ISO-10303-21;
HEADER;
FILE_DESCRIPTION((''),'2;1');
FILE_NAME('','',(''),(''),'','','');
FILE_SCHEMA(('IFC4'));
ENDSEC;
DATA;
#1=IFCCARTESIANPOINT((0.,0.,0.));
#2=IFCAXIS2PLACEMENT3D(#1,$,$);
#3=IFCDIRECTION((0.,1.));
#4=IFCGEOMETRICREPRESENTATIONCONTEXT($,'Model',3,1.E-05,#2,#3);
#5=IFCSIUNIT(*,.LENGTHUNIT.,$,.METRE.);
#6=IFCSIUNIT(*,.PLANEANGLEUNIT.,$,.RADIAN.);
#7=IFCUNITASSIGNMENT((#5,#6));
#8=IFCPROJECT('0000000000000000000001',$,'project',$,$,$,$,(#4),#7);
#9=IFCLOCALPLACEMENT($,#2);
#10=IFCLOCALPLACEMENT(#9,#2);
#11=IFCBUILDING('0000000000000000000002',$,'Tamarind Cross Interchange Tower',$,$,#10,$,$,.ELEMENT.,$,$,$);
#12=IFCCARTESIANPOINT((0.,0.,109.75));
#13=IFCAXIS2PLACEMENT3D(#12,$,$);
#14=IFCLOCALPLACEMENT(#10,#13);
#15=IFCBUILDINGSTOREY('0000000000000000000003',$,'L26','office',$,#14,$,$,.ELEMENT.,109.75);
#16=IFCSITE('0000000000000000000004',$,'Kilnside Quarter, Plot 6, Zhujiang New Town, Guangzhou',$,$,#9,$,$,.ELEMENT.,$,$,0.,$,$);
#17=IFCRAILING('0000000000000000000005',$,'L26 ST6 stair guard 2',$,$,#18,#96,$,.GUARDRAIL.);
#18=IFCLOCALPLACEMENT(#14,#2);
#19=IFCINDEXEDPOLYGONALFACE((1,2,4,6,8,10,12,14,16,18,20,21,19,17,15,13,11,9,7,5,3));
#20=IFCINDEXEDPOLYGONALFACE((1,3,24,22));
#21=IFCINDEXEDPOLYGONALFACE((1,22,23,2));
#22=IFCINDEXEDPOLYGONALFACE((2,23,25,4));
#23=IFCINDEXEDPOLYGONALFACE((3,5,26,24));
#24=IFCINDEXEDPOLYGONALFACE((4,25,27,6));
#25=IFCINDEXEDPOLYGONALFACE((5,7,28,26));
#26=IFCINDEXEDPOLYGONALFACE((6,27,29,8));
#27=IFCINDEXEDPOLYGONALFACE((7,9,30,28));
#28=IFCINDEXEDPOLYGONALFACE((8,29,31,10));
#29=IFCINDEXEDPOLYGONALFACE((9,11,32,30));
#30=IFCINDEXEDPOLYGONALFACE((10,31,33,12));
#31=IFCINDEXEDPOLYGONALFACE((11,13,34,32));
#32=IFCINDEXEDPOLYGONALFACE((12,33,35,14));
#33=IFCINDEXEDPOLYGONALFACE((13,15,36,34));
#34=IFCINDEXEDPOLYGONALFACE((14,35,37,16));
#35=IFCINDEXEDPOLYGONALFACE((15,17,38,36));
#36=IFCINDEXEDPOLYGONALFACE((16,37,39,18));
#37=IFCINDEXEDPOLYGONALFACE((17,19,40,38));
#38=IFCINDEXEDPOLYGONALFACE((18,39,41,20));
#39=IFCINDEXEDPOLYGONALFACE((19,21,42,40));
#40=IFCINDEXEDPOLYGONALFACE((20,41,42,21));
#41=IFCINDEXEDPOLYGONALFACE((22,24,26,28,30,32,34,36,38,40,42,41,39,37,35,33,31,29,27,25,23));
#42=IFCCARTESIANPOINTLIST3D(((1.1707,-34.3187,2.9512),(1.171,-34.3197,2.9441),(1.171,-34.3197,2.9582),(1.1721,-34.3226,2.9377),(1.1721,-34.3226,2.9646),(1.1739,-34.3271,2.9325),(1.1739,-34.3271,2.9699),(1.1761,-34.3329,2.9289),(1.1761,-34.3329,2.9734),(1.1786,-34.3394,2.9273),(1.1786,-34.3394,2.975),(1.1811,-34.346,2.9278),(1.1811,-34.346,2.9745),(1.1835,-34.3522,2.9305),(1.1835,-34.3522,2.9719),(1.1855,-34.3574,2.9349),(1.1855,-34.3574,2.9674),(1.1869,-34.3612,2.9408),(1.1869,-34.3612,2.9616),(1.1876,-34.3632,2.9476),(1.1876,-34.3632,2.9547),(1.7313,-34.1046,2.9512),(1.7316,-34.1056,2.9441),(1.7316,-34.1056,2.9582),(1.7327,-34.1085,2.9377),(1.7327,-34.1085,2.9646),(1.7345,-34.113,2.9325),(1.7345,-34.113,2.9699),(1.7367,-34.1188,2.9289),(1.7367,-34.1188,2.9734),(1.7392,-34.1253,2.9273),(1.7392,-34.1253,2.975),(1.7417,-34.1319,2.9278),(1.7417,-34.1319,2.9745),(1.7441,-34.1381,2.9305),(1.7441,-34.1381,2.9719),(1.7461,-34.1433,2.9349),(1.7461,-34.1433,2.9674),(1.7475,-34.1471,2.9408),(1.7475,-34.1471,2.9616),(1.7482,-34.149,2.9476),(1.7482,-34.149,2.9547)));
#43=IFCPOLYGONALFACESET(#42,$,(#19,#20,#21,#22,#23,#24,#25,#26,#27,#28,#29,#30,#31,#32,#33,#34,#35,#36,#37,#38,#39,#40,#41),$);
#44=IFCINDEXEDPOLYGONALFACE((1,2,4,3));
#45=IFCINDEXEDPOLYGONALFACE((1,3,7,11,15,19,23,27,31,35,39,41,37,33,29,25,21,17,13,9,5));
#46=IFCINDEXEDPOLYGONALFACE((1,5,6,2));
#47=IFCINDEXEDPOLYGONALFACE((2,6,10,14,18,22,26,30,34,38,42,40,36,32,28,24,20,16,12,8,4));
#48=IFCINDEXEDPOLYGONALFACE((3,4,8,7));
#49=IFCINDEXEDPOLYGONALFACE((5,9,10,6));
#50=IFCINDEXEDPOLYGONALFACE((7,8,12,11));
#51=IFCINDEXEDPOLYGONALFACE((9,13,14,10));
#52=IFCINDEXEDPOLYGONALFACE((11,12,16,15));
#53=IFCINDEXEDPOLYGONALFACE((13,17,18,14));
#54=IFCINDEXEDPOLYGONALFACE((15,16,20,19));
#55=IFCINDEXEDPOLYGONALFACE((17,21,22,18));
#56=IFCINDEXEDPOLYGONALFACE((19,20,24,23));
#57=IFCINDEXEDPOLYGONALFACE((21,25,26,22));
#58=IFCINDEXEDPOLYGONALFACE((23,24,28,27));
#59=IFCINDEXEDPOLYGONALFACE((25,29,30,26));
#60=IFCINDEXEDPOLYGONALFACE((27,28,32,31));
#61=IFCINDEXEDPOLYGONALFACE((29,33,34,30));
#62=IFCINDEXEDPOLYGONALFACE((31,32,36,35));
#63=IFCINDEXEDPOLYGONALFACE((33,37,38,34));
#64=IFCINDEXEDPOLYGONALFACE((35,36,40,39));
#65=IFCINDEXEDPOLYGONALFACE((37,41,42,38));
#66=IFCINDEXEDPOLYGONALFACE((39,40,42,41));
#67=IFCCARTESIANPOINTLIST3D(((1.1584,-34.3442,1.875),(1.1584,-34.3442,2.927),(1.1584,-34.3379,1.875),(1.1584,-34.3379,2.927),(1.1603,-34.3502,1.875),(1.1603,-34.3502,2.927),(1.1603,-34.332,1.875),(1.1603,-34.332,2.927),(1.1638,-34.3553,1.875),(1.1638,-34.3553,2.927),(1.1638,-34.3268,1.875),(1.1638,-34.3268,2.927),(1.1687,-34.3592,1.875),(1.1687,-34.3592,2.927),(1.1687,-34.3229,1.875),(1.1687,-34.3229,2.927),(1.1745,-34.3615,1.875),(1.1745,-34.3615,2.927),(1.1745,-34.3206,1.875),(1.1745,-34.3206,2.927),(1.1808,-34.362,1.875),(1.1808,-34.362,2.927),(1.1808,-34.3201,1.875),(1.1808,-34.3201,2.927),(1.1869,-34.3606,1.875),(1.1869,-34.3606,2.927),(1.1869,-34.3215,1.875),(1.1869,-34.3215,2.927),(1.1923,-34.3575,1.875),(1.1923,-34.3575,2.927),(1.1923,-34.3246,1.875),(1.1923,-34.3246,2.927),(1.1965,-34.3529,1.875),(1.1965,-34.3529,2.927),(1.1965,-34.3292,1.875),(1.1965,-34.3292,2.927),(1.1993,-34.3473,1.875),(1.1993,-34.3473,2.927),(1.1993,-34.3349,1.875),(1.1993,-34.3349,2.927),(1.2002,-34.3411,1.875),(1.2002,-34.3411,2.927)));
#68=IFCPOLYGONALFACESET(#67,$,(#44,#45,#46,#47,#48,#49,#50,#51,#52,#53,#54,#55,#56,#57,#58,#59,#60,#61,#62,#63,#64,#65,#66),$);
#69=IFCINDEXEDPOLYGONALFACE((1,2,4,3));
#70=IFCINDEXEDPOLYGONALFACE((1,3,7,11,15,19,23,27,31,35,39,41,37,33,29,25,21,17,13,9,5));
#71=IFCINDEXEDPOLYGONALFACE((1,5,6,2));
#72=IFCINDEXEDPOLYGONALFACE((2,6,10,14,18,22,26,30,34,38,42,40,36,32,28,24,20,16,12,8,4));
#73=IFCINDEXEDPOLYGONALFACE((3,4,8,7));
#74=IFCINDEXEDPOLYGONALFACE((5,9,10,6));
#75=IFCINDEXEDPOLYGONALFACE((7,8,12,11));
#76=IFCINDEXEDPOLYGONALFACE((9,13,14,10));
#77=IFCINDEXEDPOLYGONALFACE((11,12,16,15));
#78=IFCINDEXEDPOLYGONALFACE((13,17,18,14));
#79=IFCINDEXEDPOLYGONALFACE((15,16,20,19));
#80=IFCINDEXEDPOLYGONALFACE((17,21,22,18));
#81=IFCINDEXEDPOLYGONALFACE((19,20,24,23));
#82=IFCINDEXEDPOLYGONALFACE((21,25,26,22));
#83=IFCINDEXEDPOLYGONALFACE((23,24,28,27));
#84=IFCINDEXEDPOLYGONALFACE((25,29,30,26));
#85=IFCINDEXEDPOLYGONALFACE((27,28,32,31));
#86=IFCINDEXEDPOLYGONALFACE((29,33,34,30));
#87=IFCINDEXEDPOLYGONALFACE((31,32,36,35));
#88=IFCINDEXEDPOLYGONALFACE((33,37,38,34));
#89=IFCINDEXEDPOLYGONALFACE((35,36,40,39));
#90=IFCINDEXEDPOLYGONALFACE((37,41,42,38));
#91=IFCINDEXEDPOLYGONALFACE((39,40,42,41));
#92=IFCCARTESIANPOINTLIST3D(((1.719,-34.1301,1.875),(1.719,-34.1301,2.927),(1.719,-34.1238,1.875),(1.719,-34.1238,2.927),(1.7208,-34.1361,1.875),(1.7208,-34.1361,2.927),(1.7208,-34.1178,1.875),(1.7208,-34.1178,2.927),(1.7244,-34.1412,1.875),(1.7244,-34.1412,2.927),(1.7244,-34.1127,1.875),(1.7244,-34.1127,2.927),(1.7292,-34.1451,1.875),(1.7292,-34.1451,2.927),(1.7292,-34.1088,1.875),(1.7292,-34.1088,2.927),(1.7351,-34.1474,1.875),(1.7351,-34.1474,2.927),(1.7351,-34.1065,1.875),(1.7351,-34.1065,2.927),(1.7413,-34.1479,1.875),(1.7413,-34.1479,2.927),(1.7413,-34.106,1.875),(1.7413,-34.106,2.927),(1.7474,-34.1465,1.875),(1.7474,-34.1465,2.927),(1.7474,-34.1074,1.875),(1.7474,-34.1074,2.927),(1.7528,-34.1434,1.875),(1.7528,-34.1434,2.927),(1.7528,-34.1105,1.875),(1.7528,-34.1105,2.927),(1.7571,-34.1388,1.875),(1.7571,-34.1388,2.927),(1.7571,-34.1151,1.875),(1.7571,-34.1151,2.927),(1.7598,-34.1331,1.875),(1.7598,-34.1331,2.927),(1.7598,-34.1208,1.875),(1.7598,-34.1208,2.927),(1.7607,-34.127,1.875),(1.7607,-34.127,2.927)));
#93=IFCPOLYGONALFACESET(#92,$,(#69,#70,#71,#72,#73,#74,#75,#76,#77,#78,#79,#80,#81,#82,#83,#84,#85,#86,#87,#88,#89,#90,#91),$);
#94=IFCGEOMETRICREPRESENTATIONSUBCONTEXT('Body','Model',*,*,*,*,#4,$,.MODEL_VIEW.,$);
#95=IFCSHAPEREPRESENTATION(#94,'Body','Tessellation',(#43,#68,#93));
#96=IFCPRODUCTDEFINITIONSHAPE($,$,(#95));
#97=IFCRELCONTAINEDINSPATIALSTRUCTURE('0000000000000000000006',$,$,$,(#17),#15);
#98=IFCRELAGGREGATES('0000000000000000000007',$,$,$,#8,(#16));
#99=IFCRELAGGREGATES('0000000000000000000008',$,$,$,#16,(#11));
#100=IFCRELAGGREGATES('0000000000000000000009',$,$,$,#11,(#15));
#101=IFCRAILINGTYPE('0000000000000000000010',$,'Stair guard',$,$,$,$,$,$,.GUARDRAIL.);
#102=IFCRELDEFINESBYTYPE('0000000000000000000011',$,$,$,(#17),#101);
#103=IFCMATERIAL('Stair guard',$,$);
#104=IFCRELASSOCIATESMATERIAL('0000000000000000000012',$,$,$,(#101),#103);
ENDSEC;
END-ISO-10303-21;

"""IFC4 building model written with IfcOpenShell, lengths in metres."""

from ifc_helpers import new_model, si_unit, direction, frame, origin, origin_2d, place, context, subcontext, project, spatial, circle, extrude, material, type_object, element, save


model = new_model("IFC4")

# Units and contexts
model_context = context("Model", 3, precision=1e-05, world=origin(), true_north=direction((0.0, 1.0)))
body_context = subcontext(model_context, "Body", "Model", "MODEL_VIEW")
ifc_project = project(units=[si_unit("LENGTHUNIT", "METRE"), si_unit("PLANEANGLEUNIT", "RADIAN")], contexts=[model_context])

# Site, building, storey
site_placement = place(None, origin())
site = spatial("IfcSite", under=ifc_project, at=site_placement, Name="Kilnside Quarter, Plot 6, Zhujiang New Town, Guangzhou", CompositionType="ELEMENT", RefElevation=0.0)
building_placement = place(site_placement, origin())
building = spatial("IfcBuilding", under=site, at=building_placement, Name="Tamarind Cross Interchange Tower", CompositionType="ELEMENT")
storey_placement = place(building_placement, frame((0.0, 0.0, 109.75)))
storey = spatial("IfcBuildingStorey", under=building, at=storey_placement, Name="L26", Description="office", CompositionType="ELEMENT", Elevation=109.75)

# Railing
ifc_material_1 = material(Name="Stair guard")
railing_type_1 = type_object("IfcRailingType", Name="Stair guard", PredefinedType="GUARDRAIL", material=ifc_material_1)
railing_1_placement = place(storey_placement, frame((1.1792, -34.3411, 1.875)))
element("IfcRailing", 1, at=railing_1_placement, inside=storey, type_object=railing_type_1, Name="L26 ST6 stair guard 2", PredefinedType="GUARDRAIL", context=body_context, shape_type="SweptSolid", body=[
    extrude(circle(Radius=0.0239, at=origin_2d()), frame((0.0, 0.0, 1.0762), z_axis=(0.934172, 0.356824, 0.0), x_axis=(-0.356824, 0.934172, 0.0)), (0.0, 0.0, 1.0), 0.6001),
    extrude(circle(Radius=0.021, at=origin_2d()), origin(), (0.0, 0.0, 1.0), 1.052),
    extrude(circle(Radius=0.021, at=origin_2d()), frame((0.5605, 0.2141, 0.0)), (0.0, 0.0, 1.0), 1.052),
])

save(model, "model.ifc")
